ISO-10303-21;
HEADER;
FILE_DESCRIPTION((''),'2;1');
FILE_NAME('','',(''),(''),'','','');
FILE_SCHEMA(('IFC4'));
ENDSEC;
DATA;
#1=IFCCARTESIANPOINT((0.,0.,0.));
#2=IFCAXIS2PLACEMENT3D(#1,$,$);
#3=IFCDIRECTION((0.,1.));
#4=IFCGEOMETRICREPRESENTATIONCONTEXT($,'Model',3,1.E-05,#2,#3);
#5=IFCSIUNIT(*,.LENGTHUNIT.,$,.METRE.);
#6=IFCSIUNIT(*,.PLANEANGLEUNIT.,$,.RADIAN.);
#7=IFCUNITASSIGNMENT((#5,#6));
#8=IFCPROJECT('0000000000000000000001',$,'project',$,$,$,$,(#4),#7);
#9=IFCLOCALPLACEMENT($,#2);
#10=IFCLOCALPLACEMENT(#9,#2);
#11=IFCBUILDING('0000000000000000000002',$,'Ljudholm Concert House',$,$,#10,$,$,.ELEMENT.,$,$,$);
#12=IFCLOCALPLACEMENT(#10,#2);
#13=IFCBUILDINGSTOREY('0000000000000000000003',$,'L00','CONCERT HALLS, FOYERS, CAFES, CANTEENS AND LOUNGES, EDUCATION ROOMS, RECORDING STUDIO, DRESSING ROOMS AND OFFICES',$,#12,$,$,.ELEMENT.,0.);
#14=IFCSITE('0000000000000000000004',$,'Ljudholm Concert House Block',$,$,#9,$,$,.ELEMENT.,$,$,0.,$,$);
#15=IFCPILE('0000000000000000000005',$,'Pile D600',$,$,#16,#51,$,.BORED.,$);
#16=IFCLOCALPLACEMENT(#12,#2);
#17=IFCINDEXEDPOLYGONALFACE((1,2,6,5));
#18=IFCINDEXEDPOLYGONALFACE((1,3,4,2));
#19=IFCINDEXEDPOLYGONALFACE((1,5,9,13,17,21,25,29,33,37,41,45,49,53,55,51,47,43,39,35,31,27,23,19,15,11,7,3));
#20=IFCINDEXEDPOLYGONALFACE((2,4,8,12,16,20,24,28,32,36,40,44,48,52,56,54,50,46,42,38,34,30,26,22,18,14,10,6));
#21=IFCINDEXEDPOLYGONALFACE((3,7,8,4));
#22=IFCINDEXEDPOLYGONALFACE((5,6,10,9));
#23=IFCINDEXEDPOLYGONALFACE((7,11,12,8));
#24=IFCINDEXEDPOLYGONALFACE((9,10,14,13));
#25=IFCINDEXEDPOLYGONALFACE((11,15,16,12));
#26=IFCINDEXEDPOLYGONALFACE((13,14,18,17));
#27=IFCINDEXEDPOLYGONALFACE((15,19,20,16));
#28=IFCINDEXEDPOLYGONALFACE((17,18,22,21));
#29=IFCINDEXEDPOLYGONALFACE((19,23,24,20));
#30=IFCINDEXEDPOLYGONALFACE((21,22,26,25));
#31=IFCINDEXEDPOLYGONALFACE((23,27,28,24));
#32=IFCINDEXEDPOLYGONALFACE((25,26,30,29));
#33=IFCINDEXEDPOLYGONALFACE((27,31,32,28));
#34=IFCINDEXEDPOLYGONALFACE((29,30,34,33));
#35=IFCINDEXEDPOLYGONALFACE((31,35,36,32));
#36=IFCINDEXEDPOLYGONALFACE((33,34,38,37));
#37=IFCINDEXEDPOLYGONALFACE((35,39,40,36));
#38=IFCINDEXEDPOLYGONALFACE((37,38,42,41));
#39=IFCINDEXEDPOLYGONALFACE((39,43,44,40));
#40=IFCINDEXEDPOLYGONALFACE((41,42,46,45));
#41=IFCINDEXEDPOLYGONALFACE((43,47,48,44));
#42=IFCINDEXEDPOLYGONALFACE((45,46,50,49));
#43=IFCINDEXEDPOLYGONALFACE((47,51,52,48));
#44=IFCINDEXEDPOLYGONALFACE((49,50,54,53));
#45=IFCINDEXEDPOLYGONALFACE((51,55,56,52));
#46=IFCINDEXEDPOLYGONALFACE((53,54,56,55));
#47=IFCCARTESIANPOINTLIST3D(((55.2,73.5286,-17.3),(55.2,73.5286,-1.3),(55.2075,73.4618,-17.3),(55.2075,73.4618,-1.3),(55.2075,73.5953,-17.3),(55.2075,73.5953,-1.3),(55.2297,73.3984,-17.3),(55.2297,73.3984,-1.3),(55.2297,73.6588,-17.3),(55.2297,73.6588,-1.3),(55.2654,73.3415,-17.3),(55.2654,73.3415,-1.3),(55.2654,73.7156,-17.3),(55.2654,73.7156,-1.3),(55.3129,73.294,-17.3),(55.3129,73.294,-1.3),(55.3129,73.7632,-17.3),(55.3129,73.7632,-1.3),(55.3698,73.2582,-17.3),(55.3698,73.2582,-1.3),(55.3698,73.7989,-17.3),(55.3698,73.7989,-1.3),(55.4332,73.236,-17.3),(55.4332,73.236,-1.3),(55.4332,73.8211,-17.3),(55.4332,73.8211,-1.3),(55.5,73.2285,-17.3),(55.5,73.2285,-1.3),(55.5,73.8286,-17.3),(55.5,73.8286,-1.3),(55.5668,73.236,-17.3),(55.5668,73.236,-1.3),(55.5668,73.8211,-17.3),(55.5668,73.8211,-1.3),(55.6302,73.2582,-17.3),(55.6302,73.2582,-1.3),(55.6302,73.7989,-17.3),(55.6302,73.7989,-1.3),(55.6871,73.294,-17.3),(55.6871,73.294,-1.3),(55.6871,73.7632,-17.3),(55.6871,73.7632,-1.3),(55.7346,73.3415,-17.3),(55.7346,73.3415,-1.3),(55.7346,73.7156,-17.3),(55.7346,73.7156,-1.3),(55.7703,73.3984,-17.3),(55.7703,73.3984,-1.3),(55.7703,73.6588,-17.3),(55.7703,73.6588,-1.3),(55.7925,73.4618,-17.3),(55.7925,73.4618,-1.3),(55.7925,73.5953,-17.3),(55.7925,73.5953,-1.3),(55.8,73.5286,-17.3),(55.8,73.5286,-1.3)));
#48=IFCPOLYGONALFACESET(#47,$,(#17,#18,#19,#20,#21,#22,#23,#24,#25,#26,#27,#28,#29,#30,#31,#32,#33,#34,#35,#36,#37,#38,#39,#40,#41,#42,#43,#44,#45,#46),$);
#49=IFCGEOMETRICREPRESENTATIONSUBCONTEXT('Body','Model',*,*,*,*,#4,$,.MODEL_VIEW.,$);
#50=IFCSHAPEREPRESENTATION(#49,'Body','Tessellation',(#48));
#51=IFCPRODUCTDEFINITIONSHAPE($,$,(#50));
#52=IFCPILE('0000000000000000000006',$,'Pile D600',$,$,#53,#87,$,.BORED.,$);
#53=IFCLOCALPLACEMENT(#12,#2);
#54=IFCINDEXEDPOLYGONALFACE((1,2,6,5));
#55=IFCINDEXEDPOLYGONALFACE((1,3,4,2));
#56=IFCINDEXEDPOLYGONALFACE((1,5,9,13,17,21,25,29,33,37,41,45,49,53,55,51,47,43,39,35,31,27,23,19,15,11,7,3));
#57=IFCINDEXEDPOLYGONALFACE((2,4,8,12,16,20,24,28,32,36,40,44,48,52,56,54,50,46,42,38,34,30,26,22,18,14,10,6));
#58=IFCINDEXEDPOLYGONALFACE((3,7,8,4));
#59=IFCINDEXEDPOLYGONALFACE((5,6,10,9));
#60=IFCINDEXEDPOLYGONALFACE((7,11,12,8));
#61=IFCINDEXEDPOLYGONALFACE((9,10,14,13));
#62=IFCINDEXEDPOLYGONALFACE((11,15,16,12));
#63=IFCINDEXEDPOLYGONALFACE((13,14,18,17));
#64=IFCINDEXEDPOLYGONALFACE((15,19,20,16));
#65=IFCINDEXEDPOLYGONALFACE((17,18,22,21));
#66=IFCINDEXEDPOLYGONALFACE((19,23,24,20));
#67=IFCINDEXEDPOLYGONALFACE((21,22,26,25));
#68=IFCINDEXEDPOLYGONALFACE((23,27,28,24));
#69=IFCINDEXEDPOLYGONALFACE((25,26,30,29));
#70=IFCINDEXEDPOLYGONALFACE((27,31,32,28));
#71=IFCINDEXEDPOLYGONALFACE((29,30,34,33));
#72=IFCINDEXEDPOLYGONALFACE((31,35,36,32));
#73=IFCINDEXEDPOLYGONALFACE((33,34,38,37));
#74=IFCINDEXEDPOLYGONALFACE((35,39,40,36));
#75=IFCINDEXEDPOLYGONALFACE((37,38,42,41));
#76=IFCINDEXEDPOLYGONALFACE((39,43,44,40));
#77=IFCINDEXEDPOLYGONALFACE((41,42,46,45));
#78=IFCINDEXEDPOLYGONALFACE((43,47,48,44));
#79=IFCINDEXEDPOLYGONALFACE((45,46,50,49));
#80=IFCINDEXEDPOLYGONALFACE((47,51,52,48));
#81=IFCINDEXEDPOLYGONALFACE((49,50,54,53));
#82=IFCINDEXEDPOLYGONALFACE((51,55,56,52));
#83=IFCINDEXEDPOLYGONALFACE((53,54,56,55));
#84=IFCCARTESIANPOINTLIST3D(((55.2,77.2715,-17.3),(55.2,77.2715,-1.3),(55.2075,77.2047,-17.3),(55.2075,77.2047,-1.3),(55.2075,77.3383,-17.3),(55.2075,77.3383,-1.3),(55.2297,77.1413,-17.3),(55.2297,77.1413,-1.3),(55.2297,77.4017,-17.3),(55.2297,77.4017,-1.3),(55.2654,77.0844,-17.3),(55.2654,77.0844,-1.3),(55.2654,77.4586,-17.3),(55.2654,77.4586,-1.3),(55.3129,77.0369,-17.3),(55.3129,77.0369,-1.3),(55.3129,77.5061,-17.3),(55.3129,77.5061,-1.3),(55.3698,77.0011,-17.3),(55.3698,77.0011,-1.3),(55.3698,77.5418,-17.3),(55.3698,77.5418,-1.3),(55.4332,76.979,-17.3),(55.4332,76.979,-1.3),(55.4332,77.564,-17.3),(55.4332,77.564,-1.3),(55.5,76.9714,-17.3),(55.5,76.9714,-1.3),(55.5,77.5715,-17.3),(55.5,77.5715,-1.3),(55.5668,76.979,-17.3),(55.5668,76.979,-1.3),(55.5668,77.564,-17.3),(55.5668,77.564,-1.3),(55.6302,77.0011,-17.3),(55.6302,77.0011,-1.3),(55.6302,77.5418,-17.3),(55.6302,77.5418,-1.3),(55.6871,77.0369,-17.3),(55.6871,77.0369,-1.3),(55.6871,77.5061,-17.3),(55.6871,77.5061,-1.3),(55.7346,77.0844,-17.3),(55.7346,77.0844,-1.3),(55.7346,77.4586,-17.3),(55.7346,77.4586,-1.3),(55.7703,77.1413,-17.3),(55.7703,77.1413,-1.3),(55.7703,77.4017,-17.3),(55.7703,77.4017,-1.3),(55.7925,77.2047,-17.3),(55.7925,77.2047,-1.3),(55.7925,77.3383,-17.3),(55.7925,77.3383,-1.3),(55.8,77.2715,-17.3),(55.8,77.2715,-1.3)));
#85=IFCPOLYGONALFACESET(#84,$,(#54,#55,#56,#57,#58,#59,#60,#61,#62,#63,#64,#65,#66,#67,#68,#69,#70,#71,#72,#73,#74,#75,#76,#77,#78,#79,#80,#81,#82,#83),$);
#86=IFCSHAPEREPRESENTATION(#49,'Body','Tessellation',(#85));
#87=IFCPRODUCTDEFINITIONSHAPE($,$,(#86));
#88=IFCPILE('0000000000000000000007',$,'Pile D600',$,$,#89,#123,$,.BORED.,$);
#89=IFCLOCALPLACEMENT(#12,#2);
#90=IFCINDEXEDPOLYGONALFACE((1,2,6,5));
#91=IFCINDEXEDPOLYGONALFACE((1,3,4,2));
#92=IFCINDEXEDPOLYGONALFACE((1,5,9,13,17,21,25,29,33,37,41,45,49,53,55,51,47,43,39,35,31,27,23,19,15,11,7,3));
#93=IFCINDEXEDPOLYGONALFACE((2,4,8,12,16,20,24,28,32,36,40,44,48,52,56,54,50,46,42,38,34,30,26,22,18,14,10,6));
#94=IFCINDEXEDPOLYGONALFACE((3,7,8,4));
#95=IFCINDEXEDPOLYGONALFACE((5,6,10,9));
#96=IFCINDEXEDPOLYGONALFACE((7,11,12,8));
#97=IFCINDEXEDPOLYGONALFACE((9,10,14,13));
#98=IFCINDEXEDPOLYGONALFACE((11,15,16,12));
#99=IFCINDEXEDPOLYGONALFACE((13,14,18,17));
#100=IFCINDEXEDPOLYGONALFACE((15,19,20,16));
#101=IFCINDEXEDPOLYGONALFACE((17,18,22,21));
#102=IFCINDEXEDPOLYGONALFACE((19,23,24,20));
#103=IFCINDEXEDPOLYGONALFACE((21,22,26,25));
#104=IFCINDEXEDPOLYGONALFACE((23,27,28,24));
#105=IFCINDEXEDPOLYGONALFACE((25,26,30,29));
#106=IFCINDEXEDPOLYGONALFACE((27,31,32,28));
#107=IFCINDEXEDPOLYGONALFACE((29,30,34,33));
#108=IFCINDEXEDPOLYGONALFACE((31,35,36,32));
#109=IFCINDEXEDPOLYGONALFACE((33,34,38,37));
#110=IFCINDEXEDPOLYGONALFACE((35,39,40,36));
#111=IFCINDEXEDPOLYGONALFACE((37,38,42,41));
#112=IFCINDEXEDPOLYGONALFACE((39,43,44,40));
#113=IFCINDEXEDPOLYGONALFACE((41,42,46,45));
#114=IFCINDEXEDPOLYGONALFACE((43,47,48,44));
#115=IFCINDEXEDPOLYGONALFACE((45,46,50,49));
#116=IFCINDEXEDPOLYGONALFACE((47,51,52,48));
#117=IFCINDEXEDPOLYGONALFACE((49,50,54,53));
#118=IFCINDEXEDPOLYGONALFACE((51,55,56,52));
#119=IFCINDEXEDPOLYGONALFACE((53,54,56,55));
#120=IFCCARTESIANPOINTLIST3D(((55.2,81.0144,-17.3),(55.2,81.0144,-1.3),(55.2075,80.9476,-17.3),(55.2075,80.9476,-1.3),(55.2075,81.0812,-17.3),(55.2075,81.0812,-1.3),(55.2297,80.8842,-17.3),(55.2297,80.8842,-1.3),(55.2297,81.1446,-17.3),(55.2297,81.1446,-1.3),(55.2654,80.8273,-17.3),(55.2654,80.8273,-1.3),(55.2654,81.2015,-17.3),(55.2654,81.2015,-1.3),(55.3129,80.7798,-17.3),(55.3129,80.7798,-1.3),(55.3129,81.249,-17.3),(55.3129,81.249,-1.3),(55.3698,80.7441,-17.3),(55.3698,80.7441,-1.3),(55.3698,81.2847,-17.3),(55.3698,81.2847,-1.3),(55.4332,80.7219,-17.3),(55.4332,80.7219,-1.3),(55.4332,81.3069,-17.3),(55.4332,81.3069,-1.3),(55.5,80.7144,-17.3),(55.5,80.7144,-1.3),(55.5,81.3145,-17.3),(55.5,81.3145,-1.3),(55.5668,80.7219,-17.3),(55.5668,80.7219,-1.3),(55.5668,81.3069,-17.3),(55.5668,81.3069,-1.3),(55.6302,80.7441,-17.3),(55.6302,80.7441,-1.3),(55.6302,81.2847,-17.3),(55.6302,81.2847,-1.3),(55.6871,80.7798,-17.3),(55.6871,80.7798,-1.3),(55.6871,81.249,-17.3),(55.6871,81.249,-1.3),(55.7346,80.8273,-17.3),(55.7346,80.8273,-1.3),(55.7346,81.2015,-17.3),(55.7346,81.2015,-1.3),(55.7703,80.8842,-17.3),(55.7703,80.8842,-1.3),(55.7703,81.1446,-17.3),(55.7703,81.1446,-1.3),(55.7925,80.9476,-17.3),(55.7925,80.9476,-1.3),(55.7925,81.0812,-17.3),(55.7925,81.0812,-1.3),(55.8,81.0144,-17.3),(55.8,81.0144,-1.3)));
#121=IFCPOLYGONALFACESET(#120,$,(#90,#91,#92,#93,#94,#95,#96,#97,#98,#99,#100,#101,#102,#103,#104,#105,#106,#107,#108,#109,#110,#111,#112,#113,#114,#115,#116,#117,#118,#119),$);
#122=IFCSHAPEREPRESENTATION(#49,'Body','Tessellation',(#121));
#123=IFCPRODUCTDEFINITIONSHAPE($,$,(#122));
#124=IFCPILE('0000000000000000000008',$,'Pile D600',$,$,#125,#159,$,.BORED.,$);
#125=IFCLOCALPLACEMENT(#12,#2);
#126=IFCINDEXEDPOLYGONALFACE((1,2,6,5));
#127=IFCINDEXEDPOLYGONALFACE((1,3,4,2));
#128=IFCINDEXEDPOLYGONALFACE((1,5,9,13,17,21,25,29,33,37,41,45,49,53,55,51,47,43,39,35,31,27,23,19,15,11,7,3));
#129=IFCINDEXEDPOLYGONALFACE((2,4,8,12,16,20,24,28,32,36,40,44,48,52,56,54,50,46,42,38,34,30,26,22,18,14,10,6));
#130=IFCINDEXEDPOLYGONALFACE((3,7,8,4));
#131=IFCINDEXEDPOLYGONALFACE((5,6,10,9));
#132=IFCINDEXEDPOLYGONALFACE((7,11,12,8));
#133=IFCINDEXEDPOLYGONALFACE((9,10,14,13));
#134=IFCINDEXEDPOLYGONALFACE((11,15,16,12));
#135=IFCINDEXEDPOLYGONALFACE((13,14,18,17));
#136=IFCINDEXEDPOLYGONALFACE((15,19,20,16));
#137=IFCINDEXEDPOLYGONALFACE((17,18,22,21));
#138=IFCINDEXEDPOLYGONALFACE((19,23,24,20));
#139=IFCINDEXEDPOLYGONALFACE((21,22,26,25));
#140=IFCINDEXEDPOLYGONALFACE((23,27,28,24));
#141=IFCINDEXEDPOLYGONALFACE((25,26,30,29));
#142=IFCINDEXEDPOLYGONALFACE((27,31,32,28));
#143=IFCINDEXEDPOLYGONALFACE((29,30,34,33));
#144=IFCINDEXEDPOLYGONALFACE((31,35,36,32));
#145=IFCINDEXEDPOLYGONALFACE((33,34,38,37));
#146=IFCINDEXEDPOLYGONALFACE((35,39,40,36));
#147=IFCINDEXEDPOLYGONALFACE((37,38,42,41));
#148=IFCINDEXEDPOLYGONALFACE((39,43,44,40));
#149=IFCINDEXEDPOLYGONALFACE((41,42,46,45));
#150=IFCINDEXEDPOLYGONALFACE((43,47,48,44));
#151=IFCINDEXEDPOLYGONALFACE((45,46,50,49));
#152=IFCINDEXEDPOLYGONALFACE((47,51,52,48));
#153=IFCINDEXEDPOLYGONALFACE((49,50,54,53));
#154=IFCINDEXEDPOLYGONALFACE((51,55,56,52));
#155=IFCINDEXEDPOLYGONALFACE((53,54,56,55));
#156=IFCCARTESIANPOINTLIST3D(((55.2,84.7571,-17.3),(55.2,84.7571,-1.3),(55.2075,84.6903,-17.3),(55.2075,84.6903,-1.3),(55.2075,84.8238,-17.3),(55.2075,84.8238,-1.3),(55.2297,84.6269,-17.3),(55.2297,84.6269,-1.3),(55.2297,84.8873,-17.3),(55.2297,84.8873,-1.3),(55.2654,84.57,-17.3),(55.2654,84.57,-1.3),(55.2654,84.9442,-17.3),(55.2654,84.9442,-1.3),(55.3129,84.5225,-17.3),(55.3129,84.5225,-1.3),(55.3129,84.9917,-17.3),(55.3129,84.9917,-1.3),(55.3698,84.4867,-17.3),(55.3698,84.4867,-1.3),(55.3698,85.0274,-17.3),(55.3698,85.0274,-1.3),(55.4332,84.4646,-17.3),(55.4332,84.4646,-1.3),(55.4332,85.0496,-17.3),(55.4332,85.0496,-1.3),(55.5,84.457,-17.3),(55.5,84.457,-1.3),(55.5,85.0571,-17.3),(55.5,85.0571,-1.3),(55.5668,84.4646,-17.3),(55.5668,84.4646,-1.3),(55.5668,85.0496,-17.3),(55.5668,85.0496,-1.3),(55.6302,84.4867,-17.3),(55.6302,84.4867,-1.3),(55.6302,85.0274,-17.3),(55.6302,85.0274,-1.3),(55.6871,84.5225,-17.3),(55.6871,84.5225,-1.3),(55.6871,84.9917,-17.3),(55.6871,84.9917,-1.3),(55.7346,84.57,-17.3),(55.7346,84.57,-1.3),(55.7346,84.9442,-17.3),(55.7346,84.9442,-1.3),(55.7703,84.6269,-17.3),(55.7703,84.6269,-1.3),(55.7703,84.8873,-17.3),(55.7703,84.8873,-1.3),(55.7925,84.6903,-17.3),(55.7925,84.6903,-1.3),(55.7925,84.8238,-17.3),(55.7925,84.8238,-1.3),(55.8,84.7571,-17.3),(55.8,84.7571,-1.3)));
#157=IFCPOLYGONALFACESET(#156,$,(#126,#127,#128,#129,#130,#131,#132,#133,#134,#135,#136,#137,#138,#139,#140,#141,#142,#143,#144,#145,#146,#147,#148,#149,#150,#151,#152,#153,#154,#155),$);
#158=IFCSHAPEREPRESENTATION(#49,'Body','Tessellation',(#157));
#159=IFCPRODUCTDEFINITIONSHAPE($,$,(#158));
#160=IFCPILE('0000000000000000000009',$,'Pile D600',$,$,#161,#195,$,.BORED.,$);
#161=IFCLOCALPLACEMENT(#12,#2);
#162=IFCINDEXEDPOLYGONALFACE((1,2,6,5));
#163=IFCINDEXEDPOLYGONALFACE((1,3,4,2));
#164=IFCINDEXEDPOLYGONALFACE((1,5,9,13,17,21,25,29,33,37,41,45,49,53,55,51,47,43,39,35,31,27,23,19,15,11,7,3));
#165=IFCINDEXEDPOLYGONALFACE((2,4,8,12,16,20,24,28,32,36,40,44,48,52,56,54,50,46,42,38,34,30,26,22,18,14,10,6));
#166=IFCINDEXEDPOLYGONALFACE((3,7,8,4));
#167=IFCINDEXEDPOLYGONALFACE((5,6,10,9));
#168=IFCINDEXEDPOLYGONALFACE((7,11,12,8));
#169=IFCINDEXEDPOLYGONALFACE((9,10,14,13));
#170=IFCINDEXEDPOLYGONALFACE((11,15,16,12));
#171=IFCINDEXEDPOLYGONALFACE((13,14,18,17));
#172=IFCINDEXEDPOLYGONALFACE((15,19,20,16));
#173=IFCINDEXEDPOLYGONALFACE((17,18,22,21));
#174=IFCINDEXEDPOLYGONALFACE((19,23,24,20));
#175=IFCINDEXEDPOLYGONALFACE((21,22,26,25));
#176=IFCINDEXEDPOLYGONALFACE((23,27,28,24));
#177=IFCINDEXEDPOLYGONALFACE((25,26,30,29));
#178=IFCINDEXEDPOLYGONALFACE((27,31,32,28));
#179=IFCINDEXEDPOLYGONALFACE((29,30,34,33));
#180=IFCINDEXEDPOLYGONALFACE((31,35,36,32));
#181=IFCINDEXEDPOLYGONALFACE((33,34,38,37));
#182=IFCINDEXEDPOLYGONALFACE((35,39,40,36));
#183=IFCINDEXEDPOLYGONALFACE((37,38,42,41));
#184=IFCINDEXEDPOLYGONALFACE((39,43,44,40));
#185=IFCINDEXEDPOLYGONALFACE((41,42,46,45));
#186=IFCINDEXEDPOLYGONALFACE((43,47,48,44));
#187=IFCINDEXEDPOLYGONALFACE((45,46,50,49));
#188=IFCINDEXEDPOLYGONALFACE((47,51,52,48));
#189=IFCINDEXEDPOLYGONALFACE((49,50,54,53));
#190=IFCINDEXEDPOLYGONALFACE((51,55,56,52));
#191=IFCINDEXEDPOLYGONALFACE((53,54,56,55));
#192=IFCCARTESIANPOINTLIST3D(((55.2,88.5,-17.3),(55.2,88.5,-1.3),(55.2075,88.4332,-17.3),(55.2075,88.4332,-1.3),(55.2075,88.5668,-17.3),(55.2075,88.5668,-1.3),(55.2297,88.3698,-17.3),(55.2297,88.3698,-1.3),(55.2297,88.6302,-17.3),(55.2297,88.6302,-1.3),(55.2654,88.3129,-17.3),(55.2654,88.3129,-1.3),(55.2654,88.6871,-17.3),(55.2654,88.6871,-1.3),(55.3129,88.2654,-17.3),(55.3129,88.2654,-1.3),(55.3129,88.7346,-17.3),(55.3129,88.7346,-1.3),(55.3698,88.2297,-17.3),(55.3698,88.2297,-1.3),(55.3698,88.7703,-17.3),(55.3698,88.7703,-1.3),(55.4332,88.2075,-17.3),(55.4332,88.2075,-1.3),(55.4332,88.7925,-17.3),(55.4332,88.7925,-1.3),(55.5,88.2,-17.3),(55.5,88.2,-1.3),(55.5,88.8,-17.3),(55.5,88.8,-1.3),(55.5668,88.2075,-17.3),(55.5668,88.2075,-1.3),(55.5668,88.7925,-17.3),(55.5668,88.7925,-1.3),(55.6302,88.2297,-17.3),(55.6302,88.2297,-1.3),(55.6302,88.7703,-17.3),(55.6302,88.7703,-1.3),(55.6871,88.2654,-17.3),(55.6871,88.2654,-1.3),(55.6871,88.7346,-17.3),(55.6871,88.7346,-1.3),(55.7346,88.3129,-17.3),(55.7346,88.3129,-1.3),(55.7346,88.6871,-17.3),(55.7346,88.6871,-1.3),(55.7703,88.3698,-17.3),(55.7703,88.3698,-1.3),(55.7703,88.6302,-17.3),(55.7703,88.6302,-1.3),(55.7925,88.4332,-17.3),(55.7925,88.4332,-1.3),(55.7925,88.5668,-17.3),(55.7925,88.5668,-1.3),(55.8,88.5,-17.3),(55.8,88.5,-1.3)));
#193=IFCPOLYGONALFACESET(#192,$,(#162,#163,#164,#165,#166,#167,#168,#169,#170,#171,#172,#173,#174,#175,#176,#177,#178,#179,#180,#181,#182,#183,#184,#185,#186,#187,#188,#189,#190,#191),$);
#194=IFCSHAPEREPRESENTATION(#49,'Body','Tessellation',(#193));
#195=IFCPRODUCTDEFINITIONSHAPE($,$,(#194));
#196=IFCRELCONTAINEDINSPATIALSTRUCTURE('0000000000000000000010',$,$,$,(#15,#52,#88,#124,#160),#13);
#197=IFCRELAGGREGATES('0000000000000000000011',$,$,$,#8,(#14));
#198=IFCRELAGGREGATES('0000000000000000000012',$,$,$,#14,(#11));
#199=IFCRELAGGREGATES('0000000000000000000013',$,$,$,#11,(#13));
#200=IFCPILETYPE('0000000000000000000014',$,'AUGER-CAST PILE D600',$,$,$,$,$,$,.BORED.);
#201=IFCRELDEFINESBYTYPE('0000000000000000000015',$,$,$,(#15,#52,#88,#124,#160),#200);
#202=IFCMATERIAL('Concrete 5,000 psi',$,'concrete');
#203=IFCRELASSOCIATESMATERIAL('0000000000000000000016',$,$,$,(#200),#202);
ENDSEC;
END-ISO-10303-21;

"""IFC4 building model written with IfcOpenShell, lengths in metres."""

from ifc_helpers import new_model, si_unit, direction, frame, origin, origin_2d, place, context, subcontext, project, spatial, circle, extrude, material, material_profile, profile_set, type_object, element, save


model = new_model("IFC4")

# Units and contexts
model_context = context("Model", 3, precision=1e-05, world=origin(), true_north=direction((0.0, 1.0)))
body_context = subcontext(model_context, "Body", "Model", "MODEL_VIEW")
ifc_project = project(units=[si_unit("LENGTHUNIT", "METRE"), si_unit("PLANEANGLEUNIT", "RADIAN")], contexts=[model_context])

# Site, building, storey
site_placement = place(None, origin())
site = spatial("IfcSite", under=ifc_project, at=site_placement, Name="Ljudholm Concert House Block", CompositionType="ELEMENT", RefElevation=0.0)
building_placement = place(site_placement, origin())
building = spatial("IfcBuilding", under=site, at=building_placement, Name="Ljudholm Concert House", CompositionType="ELEMENT")
storey_placement = place(building_placement, origin())
storey = spatial("IfcBuildingStorey", under=building, at=storey_placement, Name="L00", Description="CONCERT HALLS, FOYERS, CAFES, CANTEENS AND LOUNGES, EDUCATION ROOMS, RECORDING STUDIO, DRESSING ROOMS AND OFFICES", CompositionType="ELEMENT", Elevation=0.0)

# Piles
ifc_material_1 = material(Name="Concrete 5,000 psi", Category="concrete")
ifc_material_profile_1 = material_profile(ifc_material_1, circle(Radius=0.3, at=origin_2d()), Name="AUGER-CAST PILE D600")
ifc_profile_set_1 = profile_set([ifc_material_profile_1], Name="Concrete 5,000 psi")
pile_type = type_object("IfcPileType", Name="AUGER-CAST PILE D600", PredefinedType="BORED", material=ifc_profile_set_1)
for number, where, z_axis, x_axis, name in (
    (1, (55.5, 73.5286, -1.3), (0.0, 0.0, -1.0), (1.0, 0.0, 0.0), "Pile D600"),
    (2, (55.5, 77.2715, -1.3), (0.0, 0.0, -1.0), (1.0, 0.0, 0.0), "Pile D600"),
    (3, (55.5, 81.0144, -1.3), (0.0, 0.0, -1.0), (1.0, 0.0, 0.0), "Pile D600"),
    (4, (55.5, 84.7571, -1.3), (0.0, 0.0, -1.0), (1.0, 0.0, 0.0), "Pile D600"),
    (5, (55.5, 88.5, -1.3), (0.0, 0.0, -1.0), (1.0, 0.0, 0.0), "Pile D600"),
):
    element("IfcPile", number, at=place(storey_placement, frame(where, z_axis=z_axis, x_axis=x_axis)), inside=storey, type_object=pile_type, Name=name, PredefinedType="BORED", context=body_context, shape_type="SweptSolid", body=[
        extrude(circle(Radius=0.3, at=origin_2d()), origin(), (0.0, 0.0, 1.0), 16.0),
    ])

save(model, "model.ifc")
